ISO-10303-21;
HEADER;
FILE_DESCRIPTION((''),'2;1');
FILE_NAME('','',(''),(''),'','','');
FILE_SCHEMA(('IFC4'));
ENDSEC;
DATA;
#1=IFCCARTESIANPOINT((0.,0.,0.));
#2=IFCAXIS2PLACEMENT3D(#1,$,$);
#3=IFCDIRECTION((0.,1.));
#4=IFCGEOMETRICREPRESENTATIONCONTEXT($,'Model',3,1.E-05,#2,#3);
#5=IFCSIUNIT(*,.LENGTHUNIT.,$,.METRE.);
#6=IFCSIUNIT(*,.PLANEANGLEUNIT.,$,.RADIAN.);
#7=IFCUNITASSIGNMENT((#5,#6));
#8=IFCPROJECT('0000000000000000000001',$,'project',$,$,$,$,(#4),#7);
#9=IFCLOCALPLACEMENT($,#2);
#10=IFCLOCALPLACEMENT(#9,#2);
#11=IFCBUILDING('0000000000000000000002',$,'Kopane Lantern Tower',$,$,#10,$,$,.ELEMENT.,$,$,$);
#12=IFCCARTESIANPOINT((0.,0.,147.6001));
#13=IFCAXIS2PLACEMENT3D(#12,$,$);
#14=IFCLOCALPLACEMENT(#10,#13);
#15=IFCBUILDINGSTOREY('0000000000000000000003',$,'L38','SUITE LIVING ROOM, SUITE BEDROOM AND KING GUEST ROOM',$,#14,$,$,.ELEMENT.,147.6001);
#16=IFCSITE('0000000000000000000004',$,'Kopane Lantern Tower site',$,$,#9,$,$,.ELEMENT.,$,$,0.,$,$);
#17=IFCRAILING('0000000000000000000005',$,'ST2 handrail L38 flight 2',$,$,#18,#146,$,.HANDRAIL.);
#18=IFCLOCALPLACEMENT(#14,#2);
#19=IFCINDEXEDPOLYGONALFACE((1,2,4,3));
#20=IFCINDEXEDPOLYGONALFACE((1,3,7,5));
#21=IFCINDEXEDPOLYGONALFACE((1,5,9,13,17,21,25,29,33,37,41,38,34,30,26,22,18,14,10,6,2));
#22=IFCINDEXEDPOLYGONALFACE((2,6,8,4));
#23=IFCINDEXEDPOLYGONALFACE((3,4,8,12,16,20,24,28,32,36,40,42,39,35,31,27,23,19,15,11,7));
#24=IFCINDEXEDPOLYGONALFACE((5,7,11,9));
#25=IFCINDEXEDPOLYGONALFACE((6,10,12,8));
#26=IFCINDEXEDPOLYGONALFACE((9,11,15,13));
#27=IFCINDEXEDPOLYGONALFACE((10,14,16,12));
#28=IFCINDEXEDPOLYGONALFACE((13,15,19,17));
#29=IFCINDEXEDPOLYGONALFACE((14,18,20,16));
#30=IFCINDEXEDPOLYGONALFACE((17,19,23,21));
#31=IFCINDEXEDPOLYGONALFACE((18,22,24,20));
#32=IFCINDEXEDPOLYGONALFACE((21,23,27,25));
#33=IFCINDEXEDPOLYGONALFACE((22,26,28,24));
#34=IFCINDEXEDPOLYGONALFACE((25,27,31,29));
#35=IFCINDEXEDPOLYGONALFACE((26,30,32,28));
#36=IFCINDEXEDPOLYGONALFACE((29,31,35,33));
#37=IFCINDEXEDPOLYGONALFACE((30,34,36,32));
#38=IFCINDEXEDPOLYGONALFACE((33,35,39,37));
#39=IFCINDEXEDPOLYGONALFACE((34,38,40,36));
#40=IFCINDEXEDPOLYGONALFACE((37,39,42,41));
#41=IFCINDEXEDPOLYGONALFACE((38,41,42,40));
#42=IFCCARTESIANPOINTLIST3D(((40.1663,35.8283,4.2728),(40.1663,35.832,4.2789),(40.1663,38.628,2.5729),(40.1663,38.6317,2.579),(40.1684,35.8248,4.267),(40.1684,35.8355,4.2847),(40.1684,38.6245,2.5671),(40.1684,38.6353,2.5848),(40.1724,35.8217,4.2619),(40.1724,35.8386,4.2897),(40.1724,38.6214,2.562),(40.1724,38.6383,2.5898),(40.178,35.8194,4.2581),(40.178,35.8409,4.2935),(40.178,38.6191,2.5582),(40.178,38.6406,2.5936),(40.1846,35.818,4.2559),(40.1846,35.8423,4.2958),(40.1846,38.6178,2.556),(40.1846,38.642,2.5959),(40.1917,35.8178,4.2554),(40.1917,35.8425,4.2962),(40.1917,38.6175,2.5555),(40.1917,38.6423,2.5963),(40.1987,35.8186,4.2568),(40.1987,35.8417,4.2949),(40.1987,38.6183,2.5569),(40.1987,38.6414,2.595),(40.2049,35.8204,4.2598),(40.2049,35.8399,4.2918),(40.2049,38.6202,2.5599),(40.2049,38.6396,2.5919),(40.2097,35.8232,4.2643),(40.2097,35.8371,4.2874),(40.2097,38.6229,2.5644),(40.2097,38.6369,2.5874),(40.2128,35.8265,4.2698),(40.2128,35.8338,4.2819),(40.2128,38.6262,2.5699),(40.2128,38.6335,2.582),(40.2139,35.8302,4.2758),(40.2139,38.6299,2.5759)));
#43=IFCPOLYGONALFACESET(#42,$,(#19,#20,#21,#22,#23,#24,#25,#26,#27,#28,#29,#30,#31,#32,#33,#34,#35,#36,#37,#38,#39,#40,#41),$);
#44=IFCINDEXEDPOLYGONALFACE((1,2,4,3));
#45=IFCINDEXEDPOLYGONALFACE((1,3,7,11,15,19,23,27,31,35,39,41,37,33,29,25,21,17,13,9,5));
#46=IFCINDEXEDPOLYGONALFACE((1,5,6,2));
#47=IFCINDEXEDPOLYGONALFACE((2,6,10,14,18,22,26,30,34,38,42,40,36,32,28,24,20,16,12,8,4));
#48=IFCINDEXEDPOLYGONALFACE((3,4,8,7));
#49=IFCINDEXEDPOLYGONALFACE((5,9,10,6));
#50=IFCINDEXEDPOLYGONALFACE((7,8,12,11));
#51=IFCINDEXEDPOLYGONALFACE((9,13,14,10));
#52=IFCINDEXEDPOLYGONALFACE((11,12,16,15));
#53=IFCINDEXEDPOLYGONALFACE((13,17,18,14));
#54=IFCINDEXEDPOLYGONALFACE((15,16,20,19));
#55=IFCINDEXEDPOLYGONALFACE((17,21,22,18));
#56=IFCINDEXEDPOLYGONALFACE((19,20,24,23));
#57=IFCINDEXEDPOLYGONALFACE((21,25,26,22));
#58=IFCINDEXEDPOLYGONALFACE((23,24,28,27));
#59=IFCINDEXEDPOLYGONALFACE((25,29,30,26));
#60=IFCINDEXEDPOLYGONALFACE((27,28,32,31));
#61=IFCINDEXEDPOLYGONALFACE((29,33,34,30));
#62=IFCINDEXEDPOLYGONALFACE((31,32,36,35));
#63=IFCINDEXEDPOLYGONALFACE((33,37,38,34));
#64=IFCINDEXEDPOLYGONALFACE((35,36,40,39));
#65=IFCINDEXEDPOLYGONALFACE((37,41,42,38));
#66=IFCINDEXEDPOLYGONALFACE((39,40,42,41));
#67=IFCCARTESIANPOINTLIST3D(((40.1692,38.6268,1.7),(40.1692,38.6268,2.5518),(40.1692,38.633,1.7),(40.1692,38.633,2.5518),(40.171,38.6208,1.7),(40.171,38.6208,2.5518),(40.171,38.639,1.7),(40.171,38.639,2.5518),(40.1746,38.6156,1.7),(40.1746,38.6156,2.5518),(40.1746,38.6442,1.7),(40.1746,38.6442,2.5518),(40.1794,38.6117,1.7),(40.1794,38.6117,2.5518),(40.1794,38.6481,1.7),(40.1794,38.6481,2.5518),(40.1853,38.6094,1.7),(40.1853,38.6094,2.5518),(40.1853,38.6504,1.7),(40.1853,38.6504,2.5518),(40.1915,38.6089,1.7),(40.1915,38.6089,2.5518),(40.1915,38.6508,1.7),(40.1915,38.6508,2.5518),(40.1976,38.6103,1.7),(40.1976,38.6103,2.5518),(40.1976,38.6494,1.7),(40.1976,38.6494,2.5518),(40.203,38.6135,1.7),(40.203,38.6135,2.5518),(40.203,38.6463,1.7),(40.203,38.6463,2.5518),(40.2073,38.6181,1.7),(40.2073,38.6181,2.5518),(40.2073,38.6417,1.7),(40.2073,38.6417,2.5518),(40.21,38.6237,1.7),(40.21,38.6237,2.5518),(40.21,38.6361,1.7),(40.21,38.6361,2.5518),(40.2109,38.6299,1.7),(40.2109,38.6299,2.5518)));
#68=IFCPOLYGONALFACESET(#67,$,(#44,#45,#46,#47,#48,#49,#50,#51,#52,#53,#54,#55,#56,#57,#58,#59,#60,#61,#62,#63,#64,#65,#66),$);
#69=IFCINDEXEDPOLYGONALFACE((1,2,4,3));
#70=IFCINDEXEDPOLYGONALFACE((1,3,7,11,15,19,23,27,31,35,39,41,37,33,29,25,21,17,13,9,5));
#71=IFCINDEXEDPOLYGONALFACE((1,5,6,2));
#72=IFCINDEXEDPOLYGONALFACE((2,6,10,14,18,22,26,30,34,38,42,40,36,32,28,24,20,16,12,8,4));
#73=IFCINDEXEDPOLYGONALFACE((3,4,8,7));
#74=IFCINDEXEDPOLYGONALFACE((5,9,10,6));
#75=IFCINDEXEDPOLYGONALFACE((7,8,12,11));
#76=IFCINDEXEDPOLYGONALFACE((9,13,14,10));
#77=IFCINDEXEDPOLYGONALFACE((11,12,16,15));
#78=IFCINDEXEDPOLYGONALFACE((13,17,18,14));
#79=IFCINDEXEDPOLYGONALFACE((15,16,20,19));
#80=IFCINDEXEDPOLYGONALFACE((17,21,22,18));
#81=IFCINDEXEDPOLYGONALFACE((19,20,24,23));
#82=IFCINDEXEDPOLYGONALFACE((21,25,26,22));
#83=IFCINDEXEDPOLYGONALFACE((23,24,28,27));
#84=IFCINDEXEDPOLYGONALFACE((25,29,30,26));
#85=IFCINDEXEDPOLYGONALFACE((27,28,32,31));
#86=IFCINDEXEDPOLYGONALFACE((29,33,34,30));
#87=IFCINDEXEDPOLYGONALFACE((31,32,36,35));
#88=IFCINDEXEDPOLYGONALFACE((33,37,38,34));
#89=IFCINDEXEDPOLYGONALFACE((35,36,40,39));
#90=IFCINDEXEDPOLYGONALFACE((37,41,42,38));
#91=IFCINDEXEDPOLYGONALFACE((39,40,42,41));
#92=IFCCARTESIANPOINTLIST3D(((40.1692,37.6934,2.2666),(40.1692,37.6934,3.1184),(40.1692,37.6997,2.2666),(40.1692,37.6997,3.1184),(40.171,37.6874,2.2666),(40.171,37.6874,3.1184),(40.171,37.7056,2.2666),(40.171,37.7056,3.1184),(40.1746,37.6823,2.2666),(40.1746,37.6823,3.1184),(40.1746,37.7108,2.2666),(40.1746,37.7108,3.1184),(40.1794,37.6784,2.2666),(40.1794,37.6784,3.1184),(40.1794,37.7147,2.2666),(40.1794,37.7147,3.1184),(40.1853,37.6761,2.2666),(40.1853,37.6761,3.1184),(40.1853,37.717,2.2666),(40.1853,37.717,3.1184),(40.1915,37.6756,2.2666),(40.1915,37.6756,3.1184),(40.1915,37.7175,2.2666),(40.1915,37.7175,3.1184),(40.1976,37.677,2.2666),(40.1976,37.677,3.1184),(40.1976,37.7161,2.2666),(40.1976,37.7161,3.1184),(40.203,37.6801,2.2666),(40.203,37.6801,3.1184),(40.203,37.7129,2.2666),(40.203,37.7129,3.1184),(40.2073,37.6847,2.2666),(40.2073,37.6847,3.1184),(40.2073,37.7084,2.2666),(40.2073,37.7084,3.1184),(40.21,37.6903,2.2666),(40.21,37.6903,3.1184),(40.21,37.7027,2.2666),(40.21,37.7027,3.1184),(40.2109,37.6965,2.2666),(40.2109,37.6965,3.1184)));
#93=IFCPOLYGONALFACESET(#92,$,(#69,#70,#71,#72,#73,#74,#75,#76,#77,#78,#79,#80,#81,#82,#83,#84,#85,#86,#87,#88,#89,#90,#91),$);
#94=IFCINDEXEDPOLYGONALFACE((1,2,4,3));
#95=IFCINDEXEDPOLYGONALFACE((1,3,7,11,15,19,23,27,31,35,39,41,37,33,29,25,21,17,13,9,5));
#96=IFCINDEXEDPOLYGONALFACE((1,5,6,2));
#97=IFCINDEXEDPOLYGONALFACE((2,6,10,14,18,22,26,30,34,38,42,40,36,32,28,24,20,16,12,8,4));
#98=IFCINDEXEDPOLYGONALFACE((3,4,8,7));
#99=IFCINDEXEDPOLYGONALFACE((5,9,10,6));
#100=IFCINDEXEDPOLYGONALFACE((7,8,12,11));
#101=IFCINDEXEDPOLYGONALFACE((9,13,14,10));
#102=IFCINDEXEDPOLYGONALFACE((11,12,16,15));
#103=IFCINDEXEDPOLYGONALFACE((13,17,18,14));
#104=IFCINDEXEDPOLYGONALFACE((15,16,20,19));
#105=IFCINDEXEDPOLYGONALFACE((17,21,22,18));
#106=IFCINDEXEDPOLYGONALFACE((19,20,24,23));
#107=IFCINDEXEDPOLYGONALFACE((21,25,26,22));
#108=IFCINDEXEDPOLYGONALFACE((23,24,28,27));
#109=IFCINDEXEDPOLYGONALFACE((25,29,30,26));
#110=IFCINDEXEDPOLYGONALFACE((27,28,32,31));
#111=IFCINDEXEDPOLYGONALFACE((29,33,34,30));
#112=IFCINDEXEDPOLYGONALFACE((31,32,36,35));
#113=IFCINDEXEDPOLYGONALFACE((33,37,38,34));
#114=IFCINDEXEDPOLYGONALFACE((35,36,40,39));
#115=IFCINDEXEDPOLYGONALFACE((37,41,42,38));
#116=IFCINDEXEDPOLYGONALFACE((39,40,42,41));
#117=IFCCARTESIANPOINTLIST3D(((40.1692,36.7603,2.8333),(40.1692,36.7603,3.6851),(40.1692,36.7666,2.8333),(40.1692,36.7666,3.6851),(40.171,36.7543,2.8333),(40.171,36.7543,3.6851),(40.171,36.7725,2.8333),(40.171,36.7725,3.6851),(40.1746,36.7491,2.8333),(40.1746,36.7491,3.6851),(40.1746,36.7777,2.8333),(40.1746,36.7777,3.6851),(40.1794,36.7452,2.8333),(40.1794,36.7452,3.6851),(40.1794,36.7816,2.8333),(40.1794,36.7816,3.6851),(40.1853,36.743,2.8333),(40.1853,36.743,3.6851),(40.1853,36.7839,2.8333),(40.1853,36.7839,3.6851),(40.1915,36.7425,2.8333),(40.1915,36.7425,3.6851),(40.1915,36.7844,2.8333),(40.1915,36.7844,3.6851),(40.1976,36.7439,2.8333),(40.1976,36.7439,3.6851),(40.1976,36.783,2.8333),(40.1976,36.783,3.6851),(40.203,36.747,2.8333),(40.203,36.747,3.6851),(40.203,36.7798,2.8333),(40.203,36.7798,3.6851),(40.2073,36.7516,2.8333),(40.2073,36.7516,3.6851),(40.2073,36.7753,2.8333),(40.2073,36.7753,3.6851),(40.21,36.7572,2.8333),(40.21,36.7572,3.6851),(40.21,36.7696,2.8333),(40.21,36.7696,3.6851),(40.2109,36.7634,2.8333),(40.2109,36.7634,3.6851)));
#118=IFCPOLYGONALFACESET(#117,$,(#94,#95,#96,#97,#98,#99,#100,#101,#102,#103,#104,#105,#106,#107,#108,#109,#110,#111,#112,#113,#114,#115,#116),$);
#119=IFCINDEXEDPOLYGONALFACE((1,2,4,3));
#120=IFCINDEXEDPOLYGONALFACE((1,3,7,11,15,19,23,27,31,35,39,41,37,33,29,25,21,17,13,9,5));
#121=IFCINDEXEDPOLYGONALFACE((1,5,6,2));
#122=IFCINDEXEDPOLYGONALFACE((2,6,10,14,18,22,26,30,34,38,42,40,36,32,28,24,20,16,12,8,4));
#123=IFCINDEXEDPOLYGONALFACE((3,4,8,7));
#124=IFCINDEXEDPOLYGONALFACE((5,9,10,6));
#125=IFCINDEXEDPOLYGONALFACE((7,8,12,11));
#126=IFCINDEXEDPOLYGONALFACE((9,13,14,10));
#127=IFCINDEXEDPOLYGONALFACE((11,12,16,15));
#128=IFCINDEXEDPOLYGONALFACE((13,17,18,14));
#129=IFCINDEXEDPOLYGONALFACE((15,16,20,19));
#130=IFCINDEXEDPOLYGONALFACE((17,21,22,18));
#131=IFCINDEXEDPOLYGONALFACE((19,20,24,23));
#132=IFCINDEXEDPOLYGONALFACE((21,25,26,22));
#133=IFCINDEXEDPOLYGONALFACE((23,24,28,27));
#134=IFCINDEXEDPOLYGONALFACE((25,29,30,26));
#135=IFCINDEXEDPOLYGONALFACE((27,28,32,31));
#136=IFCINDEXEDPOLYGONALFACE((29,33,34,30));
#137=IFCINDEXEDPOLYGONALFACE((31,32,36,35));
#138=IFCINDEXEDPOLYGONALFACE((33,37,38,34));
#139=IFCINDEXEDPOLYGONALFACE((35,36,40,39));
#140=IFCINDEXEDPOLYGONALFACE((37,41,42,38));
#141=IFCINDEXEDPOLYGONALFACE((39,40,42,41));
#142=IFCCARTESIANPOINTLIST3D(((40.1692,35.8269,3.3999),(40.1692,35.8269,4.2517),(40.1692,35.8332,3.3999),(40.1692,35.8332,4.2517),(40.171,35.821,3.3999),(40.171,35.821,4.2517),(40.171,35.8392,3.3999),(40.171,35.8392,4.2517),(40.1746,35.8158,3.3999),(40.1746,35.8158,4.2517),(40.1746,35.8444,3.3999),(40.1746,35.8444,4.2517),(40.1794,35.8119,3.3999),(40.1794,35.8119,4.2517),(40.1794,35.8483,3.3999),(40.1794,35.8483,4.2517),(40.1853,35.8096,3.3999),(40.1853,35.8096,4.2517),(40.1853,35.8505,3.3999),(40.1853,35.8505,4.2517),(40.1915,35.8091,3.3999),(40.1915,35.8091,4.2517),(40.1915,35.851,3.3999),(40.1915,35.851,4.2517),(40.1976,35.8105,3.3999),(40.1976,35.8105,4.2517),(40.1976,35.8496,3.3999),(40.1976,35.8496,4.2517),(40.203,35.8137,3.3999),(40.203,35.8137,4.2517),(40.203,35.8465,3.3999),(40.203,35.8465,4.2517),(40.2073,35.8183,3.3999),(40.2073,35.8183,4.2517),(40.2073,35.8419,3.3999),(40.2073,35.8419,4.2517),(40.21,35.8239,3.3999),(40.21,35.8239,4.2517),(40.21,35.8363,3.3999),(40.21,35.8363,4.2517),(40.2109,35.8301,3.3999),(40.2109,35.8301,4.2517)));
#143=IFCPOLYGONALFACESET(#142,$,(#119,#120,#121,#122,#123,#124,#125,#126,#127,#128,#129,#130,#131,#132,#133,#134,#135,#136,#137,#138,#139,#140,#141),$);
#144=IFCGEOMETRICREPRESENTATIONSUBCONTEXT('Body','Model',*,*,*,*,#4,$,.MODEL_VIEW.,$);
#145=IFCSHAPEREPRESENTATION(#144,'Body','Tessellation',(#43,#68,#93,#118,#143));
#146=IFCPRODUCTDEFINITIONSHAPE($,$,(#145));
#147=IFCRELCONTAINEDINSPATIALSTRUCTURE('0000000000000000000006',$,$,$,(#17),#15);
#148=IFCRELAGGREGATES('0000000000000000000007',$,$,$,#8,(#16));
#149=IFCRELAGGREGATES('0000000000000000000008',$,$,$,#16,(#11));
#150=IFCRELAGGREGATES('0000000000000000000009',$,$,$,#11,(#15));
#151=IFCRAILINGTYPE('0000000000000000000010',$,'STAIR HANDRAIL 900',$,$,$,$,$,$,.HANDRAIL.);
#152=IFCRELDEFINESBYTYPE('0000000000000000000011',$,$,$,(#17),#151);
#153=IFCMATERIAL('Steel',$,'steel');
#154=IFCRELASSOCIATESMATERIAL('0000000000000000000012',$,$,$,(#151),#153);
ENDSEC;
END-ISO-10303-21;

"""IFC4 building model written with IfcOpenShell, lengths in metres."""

from ifc_helpers import new_model, si_unit, direction, frame, origin, origin_2d, place, context, subcontext, project, spatial, circle, extrude, material, type_object, element, save


model = new_model("IFC4")

# Units and contexts
model_context = context("Model", 3, precision=1e-05, world=origin(), true_north=direction((0.0, 1.0)))
body_context = subcontext(model_context, "Body", "Model", "MODEL_VIEW")
ifc_project = project(units=[si_unit("LENGTHUNIT", "METRE"), si_unit("PLANEANGLEUNIT", "RADIAN")], contexts=[model_context])

# Site, building, storey
site_placement = place(None, origin())
site = spatial("IfcSite", under=ifc_project, at=site_placement, Name="Kopane Lantern Tower site", CompositionType="ELEMENT", RefElevation=0.0)
building_placement = place(site_placement, origin())
building = spatial("IfcBuilding", under=site, at=building_placement, Name="Kopane Lantern Tower", CompositionType="ELEMENT")
storey_placement = place(building_placement, frame((0.0, 0.0, 147.6001)))
storey = spatial("IfcBuildingStorey", under=building, at=storey_placement, Name="L38", Description="SUITE LIVING ROOM, SUITE BEDROOM AND KING GUEST ROOM", CompositionType="ELEMENT", Elevation=147.6001)

# Railing
ifc_material_1 = material(Name="Steel", Category="steel")
railing_type_1 = type_object("IfcRailingType", Name="STAIR HANDRAIL 900", PredefinedType="HANDRAIL", material=ifc_material_1)
for number, where, name in (
    (1, (40.1899, 38.6299, 1.7), "ST2 handrail L38 flight 2"),
):
    element("IfcRailing", number, at=place(storey_placement, frame(where)), inside=storey, type_object=railing_type_1, Name=name, PredefinedType="HANDRAIL", context=body_context, shape_type="SweptSolid", body=[
        extrude(circle(Radius=0.0239, at=origin_2d()), frame((0.0, 0.0, 0.876), z_axis=(0.0, -0.854778, 0.518994), x_axis=(1.0, 0.0, 0.0)), (0.0, 0.0, 1.0), 3.2754),
        extrude(circle(Radius=0.021, at=origin_2d()), origin(), (0.0, 0.0, 1.0), 0.8518),
        extrude(circle(Radius=0.021, at=origin_2d()), frame((0.0, -0.9333, 0.5667)), (0.0, 0.0, 1.0), 0.8518),
        extrude(circle(Radius=0.021, at=origin_2d()), frame((0.0, -1.8665, 1.1333)), (0.0, 0.0, 1.0), 0.8518),
        extrude(circle(Radius=0.021, at=origin_2d()), frame((0.0, -2.7998, 1.7)), (0.0, 0.0, 1.0), 0.8518),
    ])

save(model, "model.ifc")
